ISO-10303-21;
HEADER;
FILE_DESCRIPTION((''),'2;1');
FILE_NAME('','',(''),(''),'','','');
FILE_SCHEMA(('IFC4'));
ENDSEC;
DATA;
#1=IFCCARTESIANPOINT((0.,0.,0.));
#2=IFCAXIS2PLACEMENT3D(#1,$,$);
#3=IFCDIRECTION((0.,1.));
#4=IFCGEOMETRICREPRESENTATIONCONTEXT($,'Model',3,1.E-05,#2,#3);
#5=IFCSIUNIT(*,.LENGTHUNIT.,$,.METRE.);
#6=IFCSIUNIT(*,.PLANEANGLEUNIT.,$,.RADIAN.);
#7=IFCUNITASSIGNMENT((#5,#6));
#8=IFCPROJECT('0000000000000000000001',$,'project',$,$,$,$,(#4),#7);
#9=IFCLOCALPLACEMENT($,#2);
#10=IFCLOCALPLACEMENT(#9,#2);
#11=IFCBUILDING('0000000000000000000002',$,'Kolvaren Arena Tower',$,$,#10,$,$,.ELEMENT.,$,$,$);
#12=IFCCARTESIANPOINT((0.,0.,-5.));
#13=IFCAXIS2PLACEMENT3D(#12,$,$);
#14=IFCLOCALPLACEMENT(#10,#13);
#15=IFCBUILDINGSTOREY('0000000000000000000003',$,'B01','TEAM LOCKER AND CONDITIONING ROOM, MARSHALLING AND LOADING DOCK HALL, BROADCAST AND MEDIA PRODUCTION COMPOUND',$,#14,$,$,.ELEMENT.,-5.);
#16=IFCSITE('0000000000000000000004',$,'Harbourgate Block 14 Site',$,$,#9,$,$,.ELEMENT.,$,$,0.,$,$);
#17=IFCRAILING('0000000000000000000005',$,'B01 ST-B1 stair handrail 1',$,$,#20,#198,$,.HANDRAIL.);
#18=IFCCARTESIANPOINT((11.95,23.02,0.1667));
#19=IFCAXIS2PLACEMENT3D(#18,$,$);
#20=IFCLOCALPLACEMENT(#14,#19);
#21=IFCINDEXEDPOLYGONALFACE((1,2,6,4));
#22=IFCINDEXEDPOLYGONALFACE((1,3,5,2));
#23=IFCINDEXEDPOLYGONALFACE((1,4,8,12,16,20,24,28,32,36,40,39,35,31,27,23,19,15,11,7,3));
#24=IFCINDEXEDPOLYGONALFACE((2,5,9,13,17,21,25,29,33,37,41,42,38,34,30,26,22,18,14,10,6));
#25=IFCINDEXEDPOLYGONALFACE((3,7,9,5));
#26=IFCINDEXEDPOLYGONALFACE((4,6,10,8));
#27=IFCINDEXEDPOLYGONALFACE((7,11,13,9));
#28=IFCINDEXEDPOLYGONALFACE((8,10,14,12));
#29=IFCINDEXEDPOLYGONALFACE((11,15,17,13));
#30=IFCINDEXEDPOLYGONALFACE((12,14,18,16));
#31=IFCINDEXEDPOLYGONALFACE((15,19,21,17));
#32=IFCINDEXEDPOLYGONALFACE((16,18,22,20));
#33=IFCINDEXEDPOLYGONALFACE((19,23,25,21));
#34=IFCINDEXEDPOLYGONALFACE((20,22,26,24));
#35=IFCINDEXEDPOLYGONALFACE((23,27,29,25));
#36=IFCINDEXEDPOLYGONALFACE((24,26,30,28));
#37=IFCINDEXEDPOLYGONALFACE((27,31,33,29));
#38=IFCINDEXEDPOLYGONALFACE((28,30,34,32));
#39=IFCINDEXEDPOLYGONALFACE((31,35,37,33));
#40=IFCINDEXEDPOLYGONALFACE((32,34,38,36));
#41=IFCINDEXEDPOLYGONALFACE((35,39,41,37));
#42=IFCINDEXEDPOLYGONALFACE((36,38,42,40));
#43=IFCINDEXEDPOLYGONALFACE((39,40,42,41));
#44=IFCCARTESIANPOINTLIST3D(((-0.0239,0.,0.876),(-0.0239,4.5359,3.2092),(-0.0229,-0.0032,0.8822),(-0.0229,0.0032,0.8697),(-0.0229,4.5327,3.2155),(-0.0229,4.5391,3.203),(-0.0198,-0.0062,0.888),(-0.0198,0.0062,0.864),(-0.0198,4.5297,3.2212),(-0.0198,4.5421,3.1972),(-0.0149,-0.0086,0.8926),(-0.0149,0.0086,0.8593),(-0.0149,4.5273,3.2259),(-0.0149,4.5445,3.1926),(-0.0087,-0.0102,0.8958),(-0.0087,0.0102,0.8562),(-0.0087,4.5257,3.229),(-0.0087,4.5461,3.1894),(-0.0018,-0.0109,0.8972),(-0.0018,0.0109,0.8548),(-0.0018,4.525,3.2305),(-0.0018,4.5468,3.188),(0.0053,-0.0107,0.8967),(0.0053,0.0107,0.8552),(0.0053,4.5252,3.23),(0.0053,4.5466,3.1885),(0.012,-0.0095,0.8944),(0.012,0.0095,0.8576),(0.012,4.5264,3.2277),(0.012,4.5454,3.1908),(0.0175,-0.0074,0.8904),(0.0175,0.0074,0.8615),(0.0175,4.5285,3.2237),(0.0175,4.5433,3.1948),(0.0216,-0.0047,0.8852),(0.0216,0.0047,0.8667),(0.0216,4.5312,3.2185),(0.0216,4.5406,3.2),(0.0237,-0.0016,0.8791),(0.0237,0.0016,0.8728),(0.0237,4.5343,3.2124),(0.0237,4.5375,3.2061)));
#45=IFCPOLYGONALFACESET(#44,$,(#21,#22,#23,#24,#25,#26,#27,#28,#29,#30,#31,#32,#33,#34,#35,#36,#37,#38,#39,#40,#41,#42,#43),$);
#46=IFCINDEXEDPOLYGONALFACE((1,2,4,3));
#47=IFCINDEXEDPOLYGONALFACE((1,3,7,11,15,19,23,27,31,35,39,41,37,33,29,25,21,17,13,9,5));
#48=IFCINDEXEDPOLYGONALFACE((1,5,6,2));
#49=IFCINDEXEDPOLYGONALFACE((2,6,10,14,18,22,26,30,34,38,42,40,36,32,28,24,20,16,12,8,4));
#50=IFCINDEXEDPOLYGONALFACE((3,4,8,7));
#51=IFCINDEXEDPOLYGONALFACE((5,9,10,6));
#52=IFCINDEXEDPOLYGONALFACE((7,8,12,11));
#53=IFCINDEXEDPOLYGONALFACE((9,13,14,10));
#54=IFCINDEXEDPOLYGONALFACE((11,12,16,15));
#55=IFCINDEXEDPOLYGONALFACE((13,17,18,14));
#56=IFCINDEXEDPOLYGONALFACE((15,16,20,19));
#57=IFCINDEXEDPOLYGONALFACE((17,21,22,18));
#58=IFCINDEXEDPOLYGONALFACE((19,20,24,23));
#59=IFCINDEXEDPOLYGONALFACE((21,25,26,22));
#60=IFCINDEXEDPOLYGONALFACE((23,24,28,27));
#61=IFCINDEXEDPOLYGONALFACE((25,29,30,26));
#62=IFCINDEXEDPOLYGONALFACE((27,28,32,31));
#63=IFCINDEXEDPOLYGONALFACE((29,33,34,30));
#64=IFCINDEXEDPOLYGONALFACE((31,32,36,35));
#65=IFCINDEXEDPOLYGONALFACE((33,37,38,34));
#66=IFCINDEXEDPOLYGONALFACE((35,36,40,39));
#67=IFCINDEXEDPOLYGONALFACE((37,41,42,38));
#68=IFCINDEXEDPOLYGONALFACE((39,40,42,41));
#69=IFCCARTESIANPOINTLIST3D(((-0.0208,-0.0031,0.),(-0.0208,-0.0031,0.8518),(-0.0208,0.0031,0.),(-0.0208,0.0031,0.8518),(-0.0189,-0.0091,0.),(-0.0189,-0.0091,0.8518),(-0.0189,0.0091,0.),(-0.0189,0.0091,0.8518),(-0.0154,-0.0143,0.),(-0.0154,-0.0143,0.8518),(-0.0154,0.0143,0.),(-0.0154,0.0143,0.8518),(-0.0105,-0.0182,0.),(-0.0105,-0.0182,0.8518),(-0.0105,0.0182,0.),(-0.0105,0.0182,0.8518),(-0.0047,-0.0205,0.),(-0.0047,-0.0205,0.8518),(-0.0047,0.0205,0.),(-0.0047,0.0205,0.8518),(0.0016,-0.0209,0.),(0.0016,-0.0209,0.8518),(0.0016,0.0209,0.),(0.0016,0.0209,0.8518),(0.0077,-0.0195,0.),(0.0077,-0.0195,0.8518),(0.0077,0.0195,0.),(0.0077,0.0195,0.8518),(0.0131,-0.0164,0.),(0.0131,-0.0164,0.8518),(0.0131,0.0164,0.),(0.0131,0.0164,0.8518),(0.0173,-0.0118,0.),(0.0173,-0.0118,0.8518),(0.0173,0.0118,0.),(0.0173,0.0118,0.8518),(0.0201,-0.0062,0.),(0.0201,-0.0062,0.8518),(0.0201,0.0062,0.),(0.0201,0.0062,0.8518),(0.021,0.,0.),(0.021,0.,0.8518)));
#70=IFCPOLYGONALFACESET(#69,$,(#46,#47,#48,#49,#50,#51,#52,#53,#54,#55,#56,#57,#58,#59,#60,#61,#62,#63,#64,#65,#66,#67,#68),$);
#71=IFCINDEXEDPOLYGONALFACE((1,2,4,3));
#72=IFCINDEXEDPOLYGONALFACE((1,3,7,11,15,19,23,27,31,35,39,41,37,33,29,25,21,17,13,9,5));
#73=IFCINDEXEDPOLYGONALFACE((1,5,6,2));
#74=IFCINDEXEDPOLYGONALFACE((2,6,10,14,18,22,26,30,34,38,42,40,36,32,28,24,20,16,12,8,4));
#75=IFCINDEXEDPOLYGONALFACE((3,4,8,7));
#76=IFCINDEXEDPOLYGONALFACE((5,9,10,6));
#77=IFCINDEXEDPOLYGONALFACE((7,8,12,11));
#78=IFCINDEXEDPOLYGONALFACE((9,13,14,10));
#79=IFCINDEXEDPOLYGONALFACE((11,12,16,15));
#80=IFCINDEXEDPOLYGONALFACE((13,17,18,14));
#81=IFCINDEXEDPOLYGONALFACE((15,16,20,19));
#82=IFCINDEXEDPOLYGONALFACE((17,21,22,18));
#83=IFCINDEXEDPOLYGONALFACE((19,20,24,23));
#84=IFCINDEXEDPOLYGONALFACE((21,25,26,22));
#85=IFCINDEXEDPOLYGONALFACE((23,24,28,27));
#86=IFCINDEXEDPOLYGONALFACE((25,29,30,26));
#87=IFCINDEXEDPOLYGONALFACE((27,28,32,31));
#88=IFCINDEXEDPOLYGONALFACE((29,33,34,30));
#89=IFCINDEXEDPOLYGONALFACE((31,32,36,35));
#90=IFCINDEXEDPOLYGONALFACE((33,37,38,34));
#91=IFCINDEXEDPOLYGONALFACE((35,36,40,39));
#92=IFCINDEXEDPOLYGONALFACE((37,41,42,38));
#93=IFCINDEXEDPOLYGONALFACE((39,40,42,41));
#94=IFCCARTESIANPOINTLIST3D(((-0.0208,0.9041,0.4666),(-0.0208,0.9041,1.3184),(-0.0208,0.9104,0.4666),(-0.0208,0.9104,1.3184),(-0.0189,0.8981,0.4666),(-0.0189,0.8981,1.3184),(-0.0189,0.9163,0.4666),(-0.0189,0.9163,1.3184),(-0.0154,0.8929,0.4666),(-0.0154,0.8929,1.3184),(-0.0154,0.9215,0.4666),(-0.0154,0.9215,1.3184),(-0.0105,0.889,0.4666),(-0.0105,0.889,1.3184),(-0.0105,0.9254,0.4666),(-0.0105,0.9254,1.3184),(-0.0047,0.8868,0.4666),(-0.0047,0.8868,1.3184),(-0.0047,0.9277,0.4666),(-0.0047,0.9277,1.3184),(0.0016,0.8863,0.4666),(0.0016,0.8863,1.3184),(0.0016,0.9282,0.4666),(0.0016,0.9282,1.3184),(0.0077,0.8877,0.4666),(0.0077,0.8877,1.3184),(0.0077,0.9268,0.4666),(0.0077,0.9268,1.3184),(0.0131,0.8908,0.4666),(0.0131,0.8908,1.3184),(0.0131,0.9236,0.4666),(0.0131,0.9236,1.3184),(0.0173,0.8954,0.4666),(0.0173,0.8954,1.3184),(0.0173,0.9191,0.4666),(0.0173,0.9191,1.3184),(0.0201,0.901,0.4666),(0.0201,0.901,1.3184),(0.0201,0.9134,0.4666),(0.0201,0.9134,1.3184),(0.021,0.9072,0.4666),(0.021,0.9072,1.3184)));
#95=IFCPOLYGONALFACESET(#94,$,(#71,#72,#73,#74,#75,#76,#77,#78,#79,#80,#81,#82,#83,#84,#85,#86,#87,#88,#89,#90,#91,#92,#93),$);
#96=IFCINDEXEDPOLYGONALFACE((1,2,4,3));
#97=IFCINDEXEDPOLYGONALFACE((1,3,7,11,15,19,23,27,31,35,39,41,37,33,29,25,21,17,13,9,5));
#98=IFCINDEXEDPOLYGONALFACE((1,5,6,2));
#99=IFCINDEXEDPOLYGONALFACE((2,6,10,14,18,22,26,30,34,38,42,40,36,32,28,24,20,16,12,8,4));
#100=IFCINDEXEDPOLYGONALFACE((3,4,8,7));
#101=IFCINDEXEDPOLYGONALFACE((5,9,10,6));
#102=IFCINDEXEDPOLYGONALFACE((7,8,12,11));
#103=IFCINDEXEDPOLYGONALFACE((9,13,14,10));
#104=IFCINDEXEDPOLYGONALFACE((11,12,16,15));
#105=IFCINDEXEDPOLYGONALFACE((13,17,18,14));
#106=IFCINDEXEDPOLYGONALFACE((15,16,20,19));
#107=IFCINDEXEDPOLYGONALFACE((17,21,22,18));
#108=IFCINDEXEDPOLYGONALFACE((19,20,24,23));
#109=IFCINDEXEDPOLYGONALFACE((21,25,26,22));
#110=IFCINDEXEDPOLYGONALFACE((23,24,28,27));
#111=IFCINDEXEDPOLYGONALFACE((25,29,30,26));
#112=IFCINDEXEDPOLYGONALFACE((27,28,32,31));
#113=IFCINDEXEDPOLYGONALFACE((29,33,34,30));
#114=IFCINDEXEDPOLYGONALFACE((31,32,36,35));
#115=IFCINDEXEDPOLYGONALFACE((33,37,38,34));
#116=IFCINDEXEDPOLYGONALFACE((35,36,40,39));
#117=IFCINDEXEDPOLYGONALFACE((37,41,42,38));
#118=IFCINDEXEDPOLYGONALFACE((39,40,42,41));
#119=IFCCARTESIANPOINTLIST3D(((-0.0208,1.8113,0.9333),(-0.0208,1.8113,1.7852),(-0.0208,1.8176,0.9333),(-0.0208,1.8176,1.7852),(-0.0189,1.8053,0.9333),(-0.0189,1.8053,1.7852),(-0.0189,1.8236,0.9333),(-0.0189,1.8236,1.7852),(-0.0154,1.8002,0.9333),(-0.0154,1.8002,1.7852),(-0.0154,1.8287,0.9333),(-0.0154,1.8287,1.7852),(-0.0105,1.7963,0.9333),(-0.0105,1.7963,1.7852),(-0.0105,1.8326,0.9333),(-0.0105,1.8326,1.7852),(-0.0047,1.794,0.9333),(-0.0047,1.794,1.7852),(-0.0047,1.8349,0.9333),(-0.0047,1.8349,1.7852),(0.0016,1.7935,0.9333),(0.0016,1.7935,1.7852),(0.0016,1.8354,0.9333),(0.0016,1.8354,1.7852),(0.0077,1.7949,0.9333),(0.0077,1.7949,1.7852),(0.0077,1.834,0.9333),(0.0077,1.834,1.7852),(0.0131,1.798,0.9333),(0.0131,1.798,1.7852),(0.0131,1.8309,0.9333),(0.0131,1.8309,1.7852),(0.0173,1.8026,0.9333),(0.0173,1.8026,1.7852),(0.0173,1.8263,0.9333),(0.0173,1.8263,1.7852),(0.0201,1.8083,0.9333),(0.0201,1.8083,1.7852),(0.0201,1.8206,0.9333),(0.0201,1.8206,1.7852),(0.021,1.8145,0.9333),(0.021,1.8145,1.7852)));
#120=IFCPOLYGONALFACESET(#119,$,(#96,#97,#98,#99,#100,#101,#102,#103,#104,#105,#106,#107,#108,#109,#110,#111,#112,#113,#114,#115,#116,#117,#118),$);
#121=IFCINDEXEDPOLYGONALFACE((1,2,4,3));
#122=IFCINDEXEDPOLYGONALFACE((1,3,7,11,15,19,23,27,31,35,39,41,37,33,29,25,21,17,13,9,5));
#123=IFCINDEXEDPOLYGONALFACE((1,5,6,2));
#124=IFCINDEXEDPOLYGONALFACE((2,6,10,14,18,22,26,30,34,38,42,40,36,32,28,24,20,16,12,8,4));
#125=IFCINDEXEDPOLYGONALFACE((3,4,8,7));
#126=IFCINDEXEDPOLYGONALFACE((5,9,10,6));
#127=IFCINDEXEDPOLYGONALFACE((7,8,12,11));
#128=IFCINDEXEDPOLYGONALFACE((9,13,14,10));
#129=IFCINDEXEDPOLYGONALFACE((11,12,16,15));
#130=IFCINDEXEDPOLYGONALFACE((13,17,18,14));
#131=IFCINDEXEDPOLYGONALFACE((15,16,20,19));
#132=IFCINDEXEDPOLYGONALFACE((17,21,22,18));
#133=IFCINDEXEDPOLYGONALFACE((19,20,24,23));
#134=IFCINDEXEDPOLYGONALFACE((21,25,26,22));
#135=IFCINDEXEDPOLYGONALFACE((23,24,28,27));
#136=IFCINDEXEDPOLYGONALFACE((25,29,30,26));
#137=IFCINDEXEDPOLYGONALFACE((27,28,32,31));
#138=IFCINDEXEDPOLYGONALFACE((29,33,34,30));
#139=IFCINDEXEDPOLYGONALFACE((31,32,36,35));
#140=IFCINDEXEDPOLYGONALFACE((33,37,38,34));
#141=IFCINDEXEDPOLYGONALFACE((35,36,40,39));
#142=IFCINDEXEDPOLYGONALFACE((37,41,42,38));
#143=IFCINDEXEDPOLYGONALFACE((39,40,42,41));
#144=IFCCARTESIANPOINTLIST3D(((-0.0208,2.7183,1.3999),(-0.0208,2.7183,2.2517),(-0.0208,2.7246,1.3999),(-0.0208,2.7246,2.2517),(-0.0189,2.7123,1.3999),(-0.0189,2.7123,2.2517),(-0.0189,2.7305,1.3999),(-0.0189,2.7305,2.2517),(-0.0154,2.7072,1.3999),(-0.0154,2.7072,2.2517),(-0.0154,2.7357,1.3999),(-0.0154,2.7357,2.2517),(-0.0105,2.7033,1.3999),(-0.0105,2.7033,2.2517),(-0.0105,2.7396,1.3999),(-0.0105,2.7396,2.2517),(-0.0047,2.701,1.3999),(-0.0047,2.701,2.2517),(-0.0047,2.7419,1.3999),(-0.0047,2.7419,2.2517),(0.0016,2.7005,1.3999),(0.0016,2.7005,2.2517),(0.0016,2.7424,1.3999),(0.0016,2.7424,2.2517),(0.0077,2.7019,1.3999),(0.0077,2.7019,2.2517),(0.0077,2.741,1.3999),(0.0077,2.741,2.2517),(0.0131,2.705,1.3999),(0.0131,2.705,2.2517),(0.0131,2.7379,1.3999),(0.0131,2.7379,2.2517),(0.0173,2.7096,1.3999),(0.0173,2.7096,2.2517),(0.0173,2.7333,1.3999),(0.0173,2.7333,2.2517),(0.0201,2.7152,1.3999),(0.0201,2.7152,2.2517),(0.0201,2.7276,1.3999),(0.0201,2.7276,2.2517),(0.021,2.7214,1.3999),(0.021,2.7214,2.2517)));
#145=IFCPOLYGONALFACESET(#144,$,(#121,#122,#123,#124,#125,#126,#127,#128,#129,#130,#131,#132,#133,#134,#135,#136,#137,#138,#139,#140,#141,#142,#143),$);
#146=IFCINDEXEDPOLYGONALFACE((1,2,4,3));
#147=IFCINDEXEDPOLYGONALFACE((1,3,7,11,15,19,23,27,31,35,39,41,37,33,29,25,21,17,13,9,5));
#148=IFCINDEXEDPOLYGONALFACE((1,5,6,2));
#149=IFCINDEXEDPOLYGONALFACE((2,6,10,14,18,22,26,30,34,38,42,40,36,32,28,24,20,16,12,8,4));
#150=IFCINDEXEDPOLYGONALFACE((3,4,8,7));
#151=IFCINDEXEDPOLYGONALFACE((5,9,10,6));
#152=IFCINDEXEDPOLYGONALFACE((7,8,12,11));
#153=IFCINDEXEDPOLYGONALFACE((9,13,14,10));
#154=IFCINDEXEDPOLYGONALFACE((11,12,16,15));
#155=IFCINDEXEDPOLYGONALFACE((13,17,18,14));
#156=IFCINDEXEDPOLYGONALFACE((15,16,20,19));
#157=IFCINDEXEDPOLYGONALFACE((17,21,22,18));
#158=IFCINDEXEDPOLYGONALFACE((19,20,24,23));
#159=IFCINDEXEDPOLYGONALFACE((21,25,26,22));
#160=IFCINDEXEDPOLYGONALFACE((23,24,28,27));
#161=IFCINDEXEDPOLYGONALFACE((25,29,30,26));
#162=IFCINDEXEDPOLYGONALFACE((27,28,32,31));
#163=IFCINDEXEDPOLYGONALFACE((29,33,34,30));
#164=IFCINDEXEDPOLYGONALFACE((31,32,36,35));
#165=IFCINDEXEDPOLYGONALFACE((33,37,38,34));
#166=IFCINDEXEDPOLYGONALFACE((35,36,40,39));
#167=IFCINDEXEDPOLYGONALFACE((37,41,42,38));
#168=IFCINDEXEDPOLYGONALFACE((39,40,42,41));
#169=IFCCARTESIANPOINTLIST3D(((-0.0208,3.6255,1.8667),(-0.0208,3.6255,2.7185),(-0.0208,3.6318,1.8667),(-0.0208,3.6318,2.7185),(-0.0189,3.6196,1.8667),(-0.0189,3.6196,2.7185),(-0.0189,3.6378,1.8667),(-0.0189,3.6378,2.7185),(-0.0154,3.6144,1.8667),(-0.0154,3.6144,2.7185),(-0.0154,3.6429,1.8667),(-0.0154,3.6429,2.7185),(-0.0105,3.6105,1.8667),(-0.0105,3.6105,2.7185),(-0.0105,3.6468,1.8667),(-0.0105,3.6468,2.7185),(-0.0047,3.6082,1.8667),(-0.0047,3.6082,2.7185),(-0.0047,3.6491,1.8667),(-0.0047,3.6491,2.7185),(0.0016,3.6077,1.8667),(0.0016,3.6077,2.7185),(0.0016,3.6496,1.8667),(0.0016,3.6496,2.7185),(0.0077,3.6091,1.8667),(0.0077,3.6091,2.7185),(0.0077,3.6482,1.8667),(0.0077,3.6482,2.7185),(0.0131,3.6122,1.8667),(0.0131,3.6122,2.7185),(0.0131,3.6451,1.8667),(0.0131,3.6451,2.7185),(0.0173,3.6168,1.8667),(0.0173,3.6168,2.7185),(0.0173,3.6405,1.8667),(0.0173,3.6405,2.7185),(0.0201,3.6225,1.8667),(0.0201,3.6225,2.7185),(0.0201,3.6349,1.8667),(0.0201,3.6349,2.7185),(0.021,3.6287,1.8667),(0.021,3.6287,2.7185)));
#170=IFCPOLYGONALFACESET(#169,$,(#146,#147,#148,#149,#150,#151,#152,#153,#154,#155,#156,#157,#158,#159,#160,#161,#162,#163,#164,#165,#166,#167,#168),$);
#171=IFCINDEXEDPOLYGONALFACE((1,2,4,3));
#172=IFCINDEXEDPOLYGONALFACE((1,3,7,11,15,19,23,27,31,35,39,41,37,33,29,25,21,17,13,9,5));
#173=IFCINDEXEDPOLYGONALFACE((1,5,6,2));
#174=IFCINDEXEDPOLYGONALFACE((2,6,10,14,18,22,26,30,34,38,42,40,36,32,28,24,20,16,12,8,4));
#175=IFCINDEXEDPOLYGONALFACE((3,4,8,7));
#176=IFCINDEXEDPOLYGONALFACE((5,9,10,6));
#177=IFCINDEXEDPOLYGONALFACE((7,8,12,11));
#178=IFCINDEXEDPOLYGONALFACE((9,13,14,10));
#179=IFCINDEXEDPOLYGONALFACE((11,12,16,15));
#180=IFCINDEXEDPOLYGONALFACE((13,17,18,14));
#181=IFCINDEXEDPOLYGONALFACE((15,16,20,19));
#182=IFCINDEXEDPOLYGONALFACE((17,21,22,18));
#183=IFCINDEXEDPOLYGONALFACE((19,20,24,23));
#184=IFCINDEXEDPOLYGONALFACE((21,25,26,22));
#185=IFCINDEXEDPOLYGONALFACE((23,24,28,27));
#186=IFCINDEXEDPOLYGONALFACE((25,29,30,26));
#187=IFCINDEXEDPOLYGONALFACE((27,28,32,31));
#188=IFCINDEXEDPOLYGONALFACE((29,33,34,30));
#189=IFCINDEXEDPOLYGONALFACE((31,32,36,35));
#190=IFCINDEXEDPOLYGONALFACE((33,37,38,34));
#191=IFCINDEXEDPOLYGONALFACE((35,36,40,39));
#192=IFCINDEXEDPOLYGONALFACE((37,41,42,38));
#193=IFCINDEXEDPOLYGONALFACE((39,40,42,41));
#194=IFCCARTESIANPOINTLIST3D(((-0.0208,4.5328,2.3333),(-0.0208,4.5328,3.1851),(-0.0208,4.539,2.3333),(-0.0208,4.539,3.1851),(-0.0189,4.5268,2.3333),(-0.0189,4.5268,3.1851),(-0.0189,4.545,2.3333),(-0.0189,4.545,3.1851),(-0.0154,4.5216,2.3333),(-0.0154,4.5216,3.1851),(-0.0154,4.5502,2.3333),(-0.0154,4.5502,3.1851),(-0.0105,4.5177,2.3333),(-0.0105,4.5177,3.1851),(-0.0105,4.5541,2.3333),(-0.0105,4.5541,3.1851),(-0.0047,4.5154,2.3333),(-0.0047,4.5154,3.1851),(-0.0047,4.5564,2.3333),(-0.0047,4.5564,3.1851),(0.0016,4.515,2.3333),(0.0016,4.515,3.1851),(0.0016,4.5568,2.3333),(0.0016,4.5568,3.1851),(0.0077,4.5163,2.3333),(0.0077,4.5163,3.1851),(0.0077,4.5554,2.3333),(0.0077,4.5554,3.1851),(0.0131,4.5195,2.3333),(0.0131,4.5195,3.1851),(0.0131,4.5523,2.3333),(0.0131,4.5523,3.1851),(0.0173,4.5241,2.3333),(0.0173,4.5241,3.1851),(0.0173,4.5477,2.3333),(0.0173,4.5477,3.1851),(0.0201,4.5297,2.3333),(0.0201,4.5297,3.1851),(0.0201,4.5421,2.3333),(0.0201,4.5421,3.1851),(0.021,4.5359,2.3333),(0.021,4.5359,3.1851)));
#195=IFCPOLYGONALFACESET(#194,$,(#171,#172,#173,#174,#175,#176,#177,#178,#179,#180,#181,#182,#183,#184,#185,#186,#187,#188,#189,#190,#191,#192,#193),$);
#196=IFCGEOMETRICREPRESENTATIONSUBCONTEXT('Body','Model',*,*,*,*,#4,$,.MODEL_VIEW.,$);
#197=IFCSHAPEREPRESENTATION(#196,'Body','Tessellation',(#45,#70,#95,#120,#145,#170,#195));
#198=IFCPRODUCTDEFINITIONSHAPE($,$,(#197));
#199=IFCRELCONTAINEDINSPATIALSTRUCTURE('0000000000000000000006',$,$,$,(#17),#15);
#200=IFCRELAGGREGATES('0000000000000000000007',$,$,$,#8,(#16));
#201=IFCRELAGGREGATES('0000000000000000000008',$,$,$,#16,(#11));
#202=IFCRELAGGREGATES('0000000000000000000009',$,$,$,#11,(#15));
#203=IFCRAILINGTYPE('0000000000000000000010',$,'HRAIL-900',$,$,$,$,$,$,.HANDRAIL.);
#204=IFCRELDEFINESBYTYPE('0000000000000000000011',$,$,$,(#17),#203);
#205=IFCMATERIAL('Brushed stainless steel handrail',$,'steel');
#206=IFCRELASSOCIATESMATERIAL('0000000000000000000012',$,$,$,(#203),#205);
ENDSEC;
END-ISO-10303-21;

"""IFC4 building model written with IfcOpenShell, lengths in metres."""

from ifc_helpers import new_model, si_unit, direction, frame, origin, origin_2d, place, context, subcontext, project, spatial, circle, extrude, material, type_object, element, save


model = new_model("IFC4")

# Units and contexts
model_context = context("Model", 3, precision=1e-05, world=origin(), true_north=direction((0.0, 1.0)))
body_context = subcontext(model_context, "Body", "Model", "MODEL_VIEW")
ifc_project = project(units=[si_unit("LENGTHUNIT", "METRE"), si_unit("PLANEANGLEUNIT", "RADIAN")], contexts=[model_context])

# Site, building, storey
site_placement = place(None, origin())
site = spatial("IfcSite", under=ifc_project, at=site_placement, Name="Harbourgate Block 14 Site", CompositionType="ELEMENT", RefElevation=0.0)
building_placement = place(site_placement, origin())
building = spatial("IfcBuilding", under=site, at=building_placement, Name="Kolvaren Arena Tower", CompositionType="ELEMENT")
storey_placement = place(building_placement, frame((0.0, 0.0, -5.0)))
storey = spatial("IfcBuildingStorey", under=building, at=storey_placement, Name="B01", Description="TEAM LOCKER AND CONDITIONING ROOM, MARSHALLING AND LOADING DOCK HALL, BROADCAST AND MEDIA PRODUCTION COMPOUND", CompositionType="ELEMENT", Elevation=-5.0)

# Railing
ifc_material_1 = material(Name="Brushed stainless steel handrail", Category="steel")
railing_type_1 = type_object("IfcRailingType", Name="HRAIL-900", PredefinedType="HANDRAIL", material=ifc_material_1)
railing_1_placement = place(storey_placement, frame((11.95, 23.02, 0.1667)))
element("IfcRailing", 1, at=railing_1_placement, inside=storey, type_object=railing_type_1, Name="B01 ST-B1 stair handrail 1", PredefinedType="HANDRAIL", context=body_context, shape_type="SweptSolid", body=[
    extrude(circle(Radius=0.0239, at=origin_2d()), frame((0.0, 0.0, 0.876), z_axis=(0.0, 0.889247, 0.457427), x_axis=(-1.0, 0.0, 0.0)), (0.0, 0.0, 1.0), 5.1008),
    extrude(circle(Radius=0.021, at=origin_2d()), origin(), (0.0, 0.0, 1.0), 0.8518),
    extrude(circle(Radius=0.021, at=origin_2d()), frame((0.0, 0.9072, 0.4666)), (0.0, 0.0, 1.0), 0.8518),
    extrude(circle(Radius=0.021, at=origin_2d()), frame((0.0, 1.8145, 0.9333)), (0.0, 0.0, 1.0), 0.8518),
    extrude(circle(Radius=0.021, at=origin_2d()), frame((0.0, 2.7214, 1.3999)), (0.0, 0.0, 1.0), 0.8518),
    extrude(circle(Radius=0.021, at=origin_2d()), frame((0.0, 3.6287, 1.8667)), (0.0, 0.0, 1.0), 0.8518),
    extrude(circle(Radius=0.021, at=origin_2d()), frame((0.0, 4.5359, 2.3333)), (0.0, 0.0, 1.0), 0.8518),
])

save(model, "model.ifc")
